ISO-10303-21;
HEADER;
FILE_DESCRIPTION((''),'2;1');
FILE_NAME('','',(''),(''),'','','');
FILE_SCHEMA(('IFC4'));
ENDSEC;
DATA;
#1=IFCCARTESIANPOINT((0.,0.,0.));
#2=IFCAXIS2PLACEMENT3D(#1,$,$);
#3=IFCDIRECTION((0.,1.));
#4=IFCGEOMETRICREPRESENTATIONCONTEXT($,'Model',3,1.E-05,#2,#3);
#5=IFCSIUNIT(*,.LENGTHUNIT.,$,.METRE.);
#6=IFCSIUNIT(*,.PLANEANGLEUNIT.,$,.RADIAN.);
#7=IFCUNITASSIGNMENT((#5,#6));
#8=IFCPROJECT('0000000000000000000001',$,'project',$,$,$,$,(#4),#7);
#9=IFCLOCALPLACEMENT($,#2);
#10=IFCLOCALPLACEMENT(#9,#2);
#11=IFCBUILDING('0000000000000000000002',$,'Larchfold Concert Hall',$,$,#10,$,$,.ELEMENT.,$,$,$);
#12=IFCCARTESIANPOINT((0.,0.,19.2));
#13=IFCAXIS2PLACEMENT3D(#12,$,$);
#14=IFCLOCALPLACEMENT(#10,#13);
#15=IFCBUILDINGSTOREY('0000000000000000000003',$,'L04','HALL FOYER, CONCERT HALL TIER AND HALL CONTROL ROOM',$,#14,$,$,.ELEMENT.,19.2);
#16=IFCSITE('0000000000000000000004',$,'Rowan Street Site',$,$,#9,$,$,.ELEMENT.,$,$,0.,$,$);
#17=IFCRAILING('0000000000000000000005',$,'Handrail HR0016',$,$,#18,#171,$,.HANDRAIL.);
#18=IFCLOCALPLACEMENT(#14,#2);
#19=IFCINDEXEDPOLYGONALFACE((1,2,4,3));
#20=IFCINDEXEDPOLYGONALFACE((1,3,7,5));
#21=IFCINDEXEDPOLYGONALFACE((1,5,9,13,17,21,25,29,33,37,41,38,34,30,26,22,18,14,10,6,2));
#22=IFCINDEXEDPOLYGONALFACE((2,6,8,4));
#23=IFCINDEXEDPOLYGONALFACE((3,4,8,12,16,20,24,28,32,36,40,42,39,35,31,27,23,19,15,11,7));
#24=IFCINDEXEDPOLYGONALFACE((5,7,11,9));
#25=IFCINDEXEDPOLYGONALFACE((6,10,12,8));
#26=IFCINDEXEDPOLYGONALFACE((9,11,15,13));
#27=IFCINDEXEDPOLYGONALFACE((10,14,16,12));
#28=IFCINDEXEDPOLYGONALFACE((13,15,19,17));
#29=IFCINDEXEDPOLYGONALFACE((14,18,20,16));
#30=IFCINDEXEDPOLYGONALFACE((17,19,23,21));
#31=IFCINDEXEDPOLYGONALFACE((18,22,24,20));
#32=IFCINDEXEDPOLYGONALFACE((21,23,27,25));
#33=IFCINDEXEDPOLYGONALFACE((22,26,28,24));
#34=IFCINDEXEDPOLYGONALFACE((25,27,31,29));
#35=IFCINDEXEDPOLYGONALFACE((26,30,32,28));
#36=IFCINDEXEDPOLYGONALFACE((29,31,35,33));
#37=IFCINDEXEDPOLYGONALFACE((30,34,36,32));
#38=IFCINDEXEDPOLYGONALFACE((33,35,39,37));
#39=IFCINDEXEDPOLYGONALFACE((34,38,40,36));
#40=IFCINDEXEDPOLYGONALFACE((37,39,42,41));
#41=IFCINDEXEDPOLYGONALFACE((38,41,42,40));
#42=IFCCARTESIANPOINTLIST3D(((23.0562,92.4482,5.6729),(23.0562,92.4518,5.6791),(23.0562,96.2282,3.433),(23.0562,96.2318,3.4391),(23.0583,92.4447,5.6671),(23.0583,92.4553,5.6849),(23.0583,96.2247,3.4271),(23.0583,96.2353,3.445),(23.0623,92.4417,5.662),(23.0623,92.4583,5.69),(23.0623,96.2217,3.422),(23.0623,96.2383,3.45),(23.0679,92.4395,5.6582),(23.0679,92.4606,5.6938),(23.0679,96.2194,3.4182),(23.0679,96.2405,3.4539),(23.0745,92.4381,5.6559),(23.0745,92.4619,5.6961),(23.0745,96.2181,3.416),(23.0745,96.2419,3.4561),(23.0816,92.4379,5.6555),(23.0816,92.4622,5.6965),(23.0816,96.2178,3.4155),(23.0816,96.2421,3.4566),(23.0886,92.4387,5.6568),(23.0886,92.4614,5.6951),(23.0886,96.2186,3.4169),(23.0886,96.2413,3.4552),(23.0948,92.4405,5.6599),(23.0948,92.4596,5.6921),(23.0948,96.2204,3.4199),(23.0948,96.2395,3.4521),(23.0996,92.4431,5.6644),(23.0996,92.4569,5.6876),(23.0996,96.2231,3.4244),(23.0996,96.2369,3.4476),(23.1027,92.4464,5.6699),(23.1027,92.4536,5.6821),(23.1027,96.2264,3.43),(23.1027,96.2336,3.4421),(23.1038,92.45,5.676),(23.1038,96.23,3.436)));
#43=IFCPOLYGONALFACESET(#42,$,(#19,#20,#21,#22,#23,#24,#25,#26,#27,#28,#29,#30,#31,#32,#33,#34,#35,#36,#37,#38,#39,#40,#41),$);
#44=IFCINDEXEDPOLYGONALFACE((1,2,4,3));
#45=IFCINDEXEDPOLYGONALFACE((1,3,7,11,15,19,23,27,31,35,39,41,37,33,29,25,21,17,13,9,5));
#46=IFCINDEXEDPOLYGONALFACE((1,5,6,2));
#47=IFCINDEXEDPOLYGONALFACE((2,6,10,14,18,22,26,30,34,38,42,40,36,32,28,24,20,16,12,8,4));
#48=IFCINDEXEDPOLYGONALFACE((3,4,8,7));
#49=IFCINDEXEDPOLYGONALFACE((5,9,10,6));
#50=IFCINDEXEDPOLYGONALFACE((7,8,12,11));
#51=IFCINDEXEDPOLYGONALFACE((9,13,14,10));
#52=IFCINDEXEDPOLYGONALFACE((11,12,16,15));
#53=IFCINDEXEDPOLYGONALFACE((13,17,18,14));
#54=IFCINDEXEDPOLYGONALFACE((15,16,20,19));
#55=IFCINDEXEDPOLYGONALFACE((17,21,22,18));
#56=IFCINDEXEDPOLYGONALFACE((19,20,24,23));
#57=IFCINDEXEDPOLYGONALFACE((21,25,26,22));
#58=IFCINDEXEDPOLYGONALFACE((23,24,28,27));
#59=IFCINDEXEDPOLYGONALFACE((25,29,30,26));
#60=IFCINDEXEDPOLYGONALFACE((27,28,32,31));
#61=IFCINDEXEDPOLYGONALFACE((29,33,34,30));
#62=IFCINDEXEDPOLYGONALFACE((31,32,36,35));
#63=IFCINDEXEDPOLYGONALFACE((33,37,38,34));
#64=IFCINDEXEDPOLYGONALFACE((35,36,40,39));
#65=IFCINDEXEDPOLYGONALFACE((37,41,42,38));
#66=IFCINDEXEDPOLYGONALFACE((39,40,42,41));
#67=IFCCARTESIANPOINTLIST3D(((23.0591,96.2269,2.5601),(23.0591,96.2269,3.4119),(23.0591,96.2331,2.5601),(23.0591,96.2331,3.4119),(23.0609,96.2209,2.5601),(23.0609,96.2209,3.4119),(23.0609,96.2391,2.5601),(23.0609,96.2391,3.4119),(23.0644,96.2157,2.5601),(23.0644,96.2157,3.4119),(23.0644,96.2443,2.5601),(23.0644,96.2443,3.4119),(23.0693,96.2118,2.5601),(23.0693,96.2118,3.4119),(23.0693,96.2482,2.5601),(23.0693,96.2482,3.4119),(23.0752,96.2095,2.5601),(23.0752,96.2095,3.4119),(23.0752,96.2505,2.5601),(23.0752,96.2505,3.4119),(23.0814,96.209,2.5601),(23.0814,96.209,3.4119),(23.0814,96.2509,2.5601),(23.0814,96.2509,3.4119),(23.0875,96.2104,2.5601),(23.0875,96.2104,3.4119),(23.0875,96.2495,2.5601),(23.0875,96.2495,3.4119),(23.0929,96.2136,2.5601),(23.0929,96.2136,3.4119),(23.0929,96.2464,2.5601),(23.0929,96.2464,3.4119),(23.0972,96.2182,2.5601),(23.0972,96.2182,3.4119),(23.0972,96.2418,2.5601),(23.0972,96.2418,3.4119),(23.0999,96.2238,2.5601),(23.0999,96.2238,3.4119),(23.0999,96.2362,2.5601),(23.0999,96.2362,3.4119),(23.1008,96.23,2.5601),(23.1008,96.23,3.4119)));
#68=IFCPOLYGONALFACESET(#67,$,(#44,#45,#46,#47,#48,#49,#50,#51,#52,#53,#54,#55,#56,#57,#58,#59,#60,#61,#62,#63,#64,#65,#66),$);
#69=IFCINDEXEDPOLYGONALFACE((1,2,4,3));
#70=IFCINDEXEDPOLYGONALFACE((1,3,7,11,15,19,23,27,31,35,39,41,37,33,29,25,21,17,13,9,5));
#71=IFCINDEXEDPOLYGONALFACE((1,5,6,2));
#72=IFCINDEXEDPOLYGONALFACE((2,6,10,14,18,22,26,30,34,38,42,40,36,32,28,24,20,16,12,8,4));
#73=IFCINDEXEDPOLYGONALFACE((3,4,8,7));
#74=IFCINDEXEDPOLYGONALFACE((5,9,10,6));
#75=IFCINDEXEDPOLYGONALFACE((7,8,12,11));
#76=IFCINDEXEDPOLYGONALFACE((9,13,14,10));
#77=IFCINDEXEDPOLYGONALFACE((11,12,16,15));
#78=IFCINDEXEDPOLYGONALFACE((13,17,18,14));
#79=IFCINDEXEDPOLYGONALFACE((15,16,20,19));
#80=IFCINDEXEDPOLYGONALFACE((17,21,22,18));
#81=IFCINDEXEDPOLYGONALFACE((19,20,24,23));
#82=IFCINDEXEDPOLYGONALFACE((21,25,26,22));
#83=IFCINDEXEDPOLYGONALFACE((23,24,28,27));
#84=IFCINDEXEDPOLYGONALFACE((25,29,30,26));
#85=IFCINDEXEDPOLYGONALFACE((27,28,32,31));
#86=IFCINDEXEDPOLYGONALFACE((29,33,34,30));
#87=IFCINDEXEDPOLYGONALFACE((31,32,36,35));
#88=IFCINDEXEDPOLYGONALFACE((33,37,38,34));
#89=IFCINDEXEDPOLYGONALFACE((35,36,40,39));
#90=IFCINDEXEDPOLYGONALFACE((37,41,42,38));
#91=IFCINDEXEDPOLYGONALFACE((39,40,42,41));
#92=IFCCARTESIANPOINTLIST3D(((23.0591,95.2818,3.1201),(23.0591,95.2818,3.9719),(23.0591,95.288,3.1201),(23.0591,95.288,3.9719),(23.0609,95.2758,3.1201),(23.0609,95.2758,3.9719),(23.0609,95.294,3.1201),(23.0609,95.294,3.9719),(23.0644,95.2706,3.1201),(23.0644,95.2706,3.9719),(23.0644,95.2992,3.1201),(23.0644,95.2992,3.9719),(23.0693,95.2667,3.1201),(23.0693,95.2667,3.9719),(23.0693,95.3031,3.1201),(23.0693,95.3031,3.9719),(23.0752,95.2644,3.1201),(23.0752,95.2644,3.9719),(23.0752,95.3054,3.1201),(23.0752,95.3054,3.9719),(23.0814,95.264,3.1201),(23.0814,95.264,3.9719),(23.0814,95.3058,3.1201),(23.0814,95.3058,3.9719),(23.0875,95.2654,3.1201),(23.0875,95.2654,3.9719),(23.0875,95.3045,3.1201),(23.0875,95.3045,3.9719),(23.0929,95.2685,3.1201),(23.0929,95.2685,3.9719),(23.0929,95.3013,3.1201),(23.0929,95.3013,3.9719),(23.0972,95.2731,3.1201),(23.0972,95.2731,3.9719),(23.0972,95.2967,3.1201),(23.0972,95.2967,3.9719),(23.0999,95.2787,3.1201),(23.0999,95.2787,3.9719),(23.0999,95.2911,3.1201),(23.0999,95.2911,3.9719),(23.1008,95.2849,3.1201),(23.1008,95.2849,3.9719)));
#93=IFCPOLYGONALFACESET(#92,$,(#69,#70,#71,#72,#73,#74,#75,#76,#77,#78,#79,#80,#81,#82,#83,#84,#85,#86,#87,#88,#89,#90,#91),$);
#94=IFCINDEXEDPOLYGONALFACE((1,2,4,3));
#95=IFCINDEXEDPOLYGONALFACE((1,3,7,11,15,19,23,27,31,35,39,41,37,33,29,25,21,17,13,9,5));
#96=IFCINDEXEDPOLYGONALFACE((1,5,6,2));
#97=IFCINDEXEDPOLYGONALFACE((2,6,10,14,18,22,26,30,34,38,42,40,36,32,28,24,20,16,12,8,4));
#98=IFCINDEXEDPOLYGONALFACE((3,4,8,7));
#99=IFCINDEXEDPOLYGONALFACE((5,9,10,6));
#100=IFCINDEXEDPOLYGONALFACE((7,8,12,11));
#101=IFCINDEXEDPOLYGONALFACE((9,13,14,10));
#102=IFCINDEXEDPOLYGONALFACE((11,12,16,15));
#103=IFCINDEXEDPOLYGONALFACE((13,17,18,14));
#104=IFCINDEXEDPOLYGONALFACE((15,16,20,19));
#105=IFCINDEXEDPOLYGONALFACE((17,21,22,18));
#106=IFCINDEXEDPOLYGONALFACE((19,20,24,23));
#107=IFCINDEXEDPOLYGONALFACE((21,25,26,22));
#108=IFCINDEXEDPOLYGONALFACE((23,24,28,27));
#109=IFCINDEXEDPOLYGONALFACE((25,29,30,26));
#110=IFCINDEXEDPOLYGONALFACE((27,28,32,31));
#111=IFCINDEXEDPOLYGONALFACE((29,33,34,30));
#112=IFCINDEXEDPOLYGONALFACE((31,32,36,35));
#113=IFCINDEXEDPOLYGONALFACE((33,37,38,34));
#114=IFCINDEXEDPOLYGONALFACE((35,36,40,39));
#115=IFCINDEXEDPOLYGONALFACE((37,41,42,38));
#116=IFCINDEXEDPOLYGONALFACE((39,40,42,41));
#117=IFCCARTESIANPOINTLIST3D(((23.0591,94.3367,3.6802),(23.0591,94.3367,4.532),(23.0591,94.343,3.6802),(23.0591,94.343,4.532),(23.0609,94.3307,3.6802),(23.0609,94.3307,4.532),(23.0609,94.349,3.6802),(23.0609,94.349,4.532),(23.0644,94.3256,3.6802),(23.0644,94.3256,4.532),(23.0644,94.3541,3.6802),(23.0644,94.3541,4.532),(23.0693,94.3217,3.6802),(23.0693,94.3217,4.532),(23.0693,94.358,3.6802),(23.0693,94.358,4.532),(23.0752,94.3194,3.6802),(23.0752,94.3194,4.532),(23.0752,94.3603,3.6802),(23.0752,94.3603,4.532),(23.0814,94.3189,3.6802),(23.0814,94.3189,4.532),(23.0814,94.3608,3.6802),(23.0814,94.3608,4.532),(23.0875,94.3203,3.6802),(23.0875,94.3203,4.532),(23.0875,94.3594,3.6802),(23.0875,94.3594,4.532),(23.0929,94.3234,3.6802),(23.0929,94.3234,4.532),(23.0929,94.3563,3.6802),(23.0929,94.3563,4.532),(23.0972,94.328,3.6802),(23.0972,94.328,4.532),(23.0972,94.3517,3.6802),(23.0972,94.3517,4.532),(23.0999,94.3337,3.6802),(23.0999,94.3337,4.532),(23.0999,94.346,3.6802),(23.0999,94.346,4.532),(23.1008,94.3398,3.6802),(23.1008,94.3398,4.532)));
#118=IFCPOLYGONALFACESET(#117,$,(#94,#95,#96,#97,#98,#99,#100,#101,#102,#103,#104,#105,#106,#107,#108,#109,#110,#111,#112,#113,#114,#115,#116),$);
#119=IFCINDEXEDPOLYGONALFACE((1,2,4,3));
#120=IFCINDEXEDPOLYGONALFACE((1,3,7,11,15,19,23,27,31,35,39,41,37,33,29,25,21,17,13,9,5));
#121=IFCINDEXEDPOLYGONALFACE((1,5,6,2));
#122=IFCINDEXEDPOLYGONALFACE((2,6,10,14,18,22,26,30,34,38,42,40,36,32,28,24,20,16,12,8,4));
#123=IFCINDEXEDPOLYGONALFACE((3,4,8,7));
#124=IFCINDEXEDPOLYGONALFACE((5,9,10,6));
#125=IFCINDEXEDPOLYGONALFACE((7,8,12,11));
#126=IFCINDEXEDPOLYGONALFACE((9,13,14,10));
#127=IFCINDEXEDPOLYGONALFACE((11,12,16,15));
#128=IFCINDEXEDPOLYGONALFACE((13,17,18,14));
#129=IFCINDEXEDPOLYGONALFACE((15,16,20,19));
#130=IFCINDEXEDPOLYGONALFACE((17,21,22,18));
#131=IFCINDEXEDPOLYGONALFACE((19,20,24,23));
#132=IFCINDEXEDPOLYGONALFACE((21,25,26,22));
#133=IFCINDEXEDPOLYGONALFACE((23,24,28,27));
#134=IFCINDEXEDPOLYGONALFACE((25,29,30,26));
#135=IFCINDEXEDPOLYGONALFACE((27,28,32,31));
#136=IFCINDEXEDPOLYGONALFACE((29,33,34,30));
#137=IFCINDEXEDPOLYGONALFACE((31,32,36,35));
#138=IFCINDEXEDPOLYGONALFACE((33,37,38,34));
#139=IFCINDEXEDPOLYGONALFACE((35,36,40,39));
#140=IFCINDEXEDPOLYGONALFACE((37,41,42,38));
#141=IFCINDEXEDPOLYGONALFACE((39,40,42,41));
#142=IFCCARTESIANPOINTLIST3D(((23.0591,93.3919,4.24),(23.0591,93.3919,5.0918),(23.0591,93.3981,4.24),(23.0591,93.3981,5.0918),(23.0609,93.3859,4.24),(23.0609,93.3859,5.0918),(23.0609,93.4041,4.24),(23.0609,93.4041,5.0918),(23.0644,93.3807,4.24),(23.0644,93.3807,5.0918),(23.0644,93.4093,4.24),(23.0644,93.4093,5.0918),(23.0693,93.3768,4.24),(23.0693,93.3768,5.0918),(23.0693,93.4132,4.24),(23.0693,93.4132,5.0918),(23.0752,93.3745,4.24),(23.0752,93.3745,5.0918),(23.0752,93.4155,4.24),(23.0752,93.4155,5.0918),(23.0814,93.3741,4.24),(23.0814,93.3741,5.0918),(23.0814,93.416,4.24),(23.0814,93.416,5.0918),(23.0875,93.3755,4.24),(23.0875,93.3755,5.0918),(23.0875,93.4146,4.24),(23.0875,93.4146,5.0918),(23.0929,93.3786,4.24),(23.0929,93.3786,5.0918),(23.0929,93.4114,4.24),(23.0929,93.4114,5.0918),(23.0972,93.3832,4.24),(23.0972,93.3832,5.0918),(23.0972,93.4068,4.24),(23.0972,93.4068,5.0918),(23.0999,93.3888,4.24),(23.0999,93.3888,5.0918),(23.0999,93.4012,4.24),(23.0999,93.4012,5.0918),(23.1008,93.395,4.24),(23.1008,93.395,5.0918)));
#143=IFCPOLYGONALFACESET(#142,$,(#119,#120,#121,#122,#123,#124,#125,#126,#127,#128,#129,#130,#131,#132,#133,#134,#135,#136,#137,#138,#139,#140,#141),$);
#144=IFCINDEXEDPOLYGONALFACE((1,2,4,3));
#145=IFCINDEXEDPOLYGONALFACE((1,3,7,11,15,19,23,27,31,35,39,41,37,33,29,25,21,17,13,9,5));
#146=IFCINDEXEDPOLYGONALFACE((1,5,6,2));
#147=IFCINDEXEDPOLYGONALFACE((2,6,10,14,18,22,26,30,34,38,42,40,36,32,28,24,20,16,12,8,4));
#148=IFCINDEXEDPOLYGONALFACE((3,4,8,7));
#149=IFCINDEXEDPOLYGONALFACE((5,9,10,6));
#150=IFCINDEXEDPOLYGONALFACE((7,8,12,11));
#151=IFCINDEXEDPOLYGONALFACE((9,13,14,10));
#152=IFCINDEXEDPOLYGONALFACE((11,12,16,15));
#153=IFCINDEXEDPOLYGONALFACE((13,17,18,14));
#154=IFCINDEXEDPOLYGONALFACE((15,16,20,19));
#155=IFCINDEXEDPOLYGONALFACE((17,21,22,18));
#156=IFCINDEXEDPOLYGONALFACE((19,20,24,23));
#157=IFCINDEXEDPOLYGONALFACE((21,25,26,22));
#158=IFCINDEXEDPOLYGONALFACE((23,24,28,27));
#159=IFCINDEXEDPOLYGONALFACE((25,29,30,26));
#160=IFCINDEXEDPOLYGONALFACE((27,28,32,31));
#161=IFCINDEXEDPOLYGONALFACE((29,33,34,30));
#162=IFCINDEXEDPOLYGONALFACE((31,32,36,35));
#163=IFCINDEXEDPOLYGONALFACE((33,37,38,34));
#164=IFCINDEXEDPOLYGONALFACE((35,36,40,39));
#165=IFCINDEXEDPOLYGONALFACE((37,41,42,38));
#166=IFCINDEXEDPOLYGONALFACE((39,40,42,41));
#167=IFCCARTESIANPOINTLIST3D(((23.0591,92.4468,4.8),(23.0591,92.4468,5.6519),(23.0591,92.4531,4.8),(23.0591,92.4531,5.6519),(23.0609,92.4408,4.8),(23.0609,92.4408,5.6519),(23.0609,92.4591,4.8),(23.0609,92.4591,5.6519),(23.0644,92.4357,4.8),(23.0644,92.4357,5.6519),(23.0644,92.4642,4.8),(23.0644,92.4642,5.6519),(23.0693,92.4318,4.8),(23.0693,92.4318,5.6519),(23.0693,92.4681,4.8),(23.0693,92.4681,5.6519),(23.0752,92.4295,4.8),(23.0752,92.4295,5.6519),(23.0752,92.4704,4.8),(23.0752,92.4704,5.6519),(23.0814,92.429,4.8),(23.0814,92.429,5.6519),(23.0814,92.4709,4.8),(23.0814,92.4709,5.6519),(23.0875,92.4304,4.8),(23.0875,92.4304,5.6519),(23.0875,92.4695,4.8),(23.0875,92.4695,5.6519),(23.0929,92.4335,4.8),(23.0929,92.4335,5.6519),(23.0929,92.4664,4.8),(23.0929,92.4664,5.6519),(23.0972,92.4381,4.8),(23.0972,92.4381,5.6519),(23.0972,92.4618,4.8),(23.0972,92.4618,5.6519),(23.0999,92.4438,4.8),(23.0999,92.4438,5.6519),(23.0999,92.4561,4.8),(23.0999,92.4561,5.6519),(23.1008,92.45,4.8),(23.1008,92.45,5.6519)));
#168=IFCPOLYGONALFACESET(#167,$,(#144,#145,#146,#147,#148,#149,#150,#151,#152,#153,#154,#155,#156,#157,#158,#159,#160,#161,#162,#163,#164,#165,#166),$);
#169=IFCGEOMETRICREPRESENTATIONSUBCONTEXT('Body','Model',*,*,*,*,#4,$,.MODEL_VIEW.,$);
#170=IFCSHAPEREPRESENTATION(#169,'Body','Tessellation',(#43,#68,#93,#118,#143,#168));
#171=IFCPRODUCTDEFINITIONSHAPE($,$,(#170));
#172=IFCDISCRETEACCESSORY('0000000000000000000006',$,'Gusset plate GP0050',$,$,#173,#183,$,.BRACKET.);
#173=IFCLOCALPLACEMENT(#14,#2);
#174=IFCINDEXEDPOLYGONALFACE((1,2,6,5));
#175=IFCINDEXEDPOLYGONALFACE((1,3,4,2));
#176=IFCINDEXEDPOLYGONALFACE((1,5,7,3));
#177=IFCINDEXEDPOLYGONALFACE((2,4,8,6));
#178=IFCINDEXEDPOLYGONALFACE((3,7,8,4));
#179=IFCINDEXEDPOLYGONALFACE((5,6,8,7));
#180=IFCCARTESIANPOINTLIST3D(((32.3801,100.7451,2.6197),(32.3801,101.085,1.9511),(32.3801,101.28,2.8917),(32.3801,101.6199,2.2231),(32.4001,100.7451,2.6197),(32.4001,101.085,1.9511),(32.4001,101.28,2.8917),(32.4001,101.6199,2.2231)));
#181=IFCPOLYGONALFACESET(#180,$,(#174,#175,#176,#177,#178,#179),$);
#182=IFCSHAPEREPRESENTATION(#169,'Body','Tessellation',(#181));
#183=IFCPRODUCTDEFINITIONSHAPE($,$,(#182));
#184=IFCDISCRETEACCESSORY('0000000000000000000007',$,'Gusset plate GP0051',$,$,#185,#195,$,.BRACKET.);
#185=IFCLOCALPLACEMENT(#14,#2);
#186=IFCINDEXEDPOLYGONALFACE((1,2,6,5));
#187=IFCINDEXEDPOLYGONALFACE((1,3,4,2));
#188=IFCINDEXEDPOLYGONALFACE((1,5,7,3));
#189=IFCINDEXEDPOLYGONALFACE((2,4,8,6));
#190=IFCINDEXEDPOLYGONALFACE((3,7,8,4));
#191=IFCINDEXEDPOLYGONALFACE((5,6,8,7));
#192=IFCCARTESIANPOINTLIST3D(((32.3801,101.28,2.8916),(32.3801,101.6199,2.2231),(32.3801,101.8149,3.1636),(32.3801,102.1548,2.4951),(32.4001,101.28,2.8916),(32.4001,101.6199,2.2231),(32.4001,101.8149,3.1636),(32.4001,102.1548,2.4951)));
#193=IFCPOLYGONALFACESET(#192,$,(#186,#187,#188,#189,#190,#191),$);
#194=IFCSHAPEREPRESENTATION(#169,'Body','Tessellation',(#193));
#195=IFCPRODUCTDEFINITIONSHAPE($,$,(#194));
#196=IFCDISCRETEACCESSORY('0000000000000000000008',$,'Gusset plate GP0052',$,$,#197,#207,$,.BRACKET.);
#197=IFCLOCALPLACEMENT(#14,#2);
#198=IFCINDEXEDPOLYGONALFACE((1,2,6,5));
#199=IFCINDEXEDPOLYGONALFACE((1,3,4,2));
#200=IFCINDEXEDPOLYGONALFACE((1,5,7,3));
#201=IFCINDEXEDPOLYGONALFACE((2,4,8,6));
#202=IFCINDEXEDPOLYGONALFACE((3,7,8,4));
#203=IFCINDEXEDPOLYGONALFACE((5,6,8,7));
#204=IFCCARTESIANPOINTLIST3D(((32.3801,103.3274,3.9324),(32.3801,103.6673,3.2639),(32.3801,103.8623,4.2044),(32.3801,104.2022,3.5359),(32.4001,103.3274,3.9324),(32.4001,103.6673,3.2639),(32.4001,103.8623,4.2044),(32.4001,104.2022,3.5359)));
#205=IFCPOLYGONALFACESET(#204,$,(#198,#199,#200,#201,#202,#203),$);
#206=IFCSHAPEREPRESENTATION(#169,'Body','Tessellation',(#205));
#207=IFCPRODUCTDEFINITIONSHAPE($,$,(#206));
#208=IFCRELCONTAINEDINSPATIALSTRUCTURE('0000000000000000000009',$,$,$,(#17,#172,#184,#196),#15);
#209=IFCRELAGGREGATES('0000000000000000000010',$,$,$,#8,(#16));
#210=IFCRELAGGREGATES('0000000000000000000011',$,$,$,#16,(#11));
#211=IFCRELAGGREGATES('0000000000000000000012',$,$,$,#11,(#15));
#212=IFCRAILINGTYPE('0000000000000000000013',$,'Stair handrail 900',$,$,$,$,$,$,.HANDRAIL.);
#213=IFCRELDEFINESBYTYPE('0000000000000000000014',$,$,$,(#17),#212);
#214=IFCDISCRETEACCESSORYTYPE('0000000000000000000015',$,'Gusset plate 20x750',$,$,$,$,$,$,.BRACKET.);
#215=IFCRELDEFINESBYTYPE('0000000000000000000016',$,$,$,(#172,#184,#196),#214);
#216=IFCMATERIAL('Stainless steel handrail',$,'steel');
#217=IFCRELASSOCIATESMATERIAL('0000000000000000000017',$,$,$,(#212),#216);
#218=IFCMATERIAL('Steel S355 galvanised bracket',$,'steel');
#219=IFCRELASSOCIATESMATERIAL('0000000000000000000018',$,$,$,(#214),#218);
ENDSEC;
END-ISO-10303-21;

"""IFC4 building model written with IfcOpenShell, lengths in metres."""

from ifc_helpers import new_model, si_unit, direction, frame, origin, origin_2d, place, context, subcontext, project, spatial, rectangle, circle, extrude, material, material_profile, profile_set, type_object, element, save


model = new_model("IFC4")

# Units and contexts
model_context = context("Model", 3, precision=1e-05, world=origin(), true_north=direction((0.0, 1.0)))
body_context = subcontext(model_context, "Body", "Model", "MODEL_VIEW")
ifc_project = project(units=[si_unit("LENGTHUNIT", "METRE"), si_unit("PLANEANGLEUNIT", "RADIAN")], contexts=[model_context])

# Site, building, storey
site_placement = place(None, origin())
site = spatial("IfcSite", under=ifc_project, at=site_placement, Name="Rowan Street Site", CompositionType="ELEMENT", RefElevation=0.0)
building_placement = place(site_placement, origin())
building = spatial("IfcBuilding", under=site, at=building_placement, Name="Larchfold Concert Hall", CompositionType="ELEMENT")
storey_placement = place(building_placement, frame((0.0, 0.0, 19.2)))
storey = spatial("IfcBuildingStorey", under=building, at=storey_placement, Name="L04", Description="HALL FOYER, CONCERT HALL TIER AND HALL CONTROL ROOM", CompositionType="ELEMENT", Elevation=19.2)

# Railing
ifc_material_1 = material(Name="Stainless steel handrail", Category="steel")
railing_type_1 = type_object("IfcRailingType", Name="Stair handrail 900", PredefinedType="HANDRAIL", material=ifc_material_1)
railing_1_placement = place(storey_placement, frame((23.0798, 96.23, 2.5601)))
element("IfcRailing", 1, at=railing_1_placement, inside=storey, type_object=railing_type_1, Name="Handrail HR0016", PredefinedType="HANDRAIL", context=body_context, shape_type="SweptSolid", body=[
    extrude(circle(Radius=0.0239, at=origin_2d()), frame((0.0, 0.0, 0.876), z_axis=(0.0, -0.860294, 0.509798), x_axis=(1.0, 0.0, 0.0)), (0.0, 0.0, 1.0), 4.3938),
    extrude(circle(Radius=0.021, at=origin_2d()), origin(), (0.0, 0.0, 1.0), 0.8518),
    extrude(circle(Radius=0.021, at=origin_2d()), frame((0.0, -0.9451, 0.5601)), (0.0, 0.0, 1.0), 0.8518),
    extrude(circle(Radius=0.021, at=origin_2d()), frame((0.0, -1.8901, 1.1201)), (0.0, 0.0, 1.0), 0.8518),
    extrude(circle(Radius=0.021, at=origin_2d()), frame((0.0, -2.835, 1.6799)), (0.0, 0.0, 1.0), 0.8518),
    extrude(circle(Radius=0.021, at=origin_2d()), frame((0.0, -3.78, 2.24)), (0.0, 0.0, 1.0), 0.8518),
])

# Discrete accessories
ifc_material_2 = material(Name="Steel S355 galvanised bracket", Category="steel")
ifc_material_profile_1 = material_profile(ifc_material_2, rectangle(XDim=0.02, YDim=0.75, at=origin_2d()))
ifc_profile_set_1 = profile_set([ifc_material_profile_1], Name="Steel S355 galvanised bracket")
discrete_accessory_type = type_object("IfcDiscreteAccessoryType", Name="Gusset plate 20x750", PredefinedType="BRACKET", material=ifc_profile_set_1)
for number, where, z_axis, x_axis, name in (
    (2, (32.3901, 100.915, 2.2854), (0.0, 0.891396, 0.453225), (-1.0, 0.0, 0.0), "Gusset plate GP0050"),
    (3, (32.3901, 101.45, 2.5574), (0.0, 0.891396, 0.453225), (-1.0, 0.0, 0.0), "Gusset plate GP0051"),
    (4, (32.3901, 103.4973, 3.5981), (0.0, 0.891396, 0.453225), (-1.0, 0.0, 0.0), "Gusset plate GP0052"),
):
    element("IfcDiscreteAccessory", number, at=place(storey_placement, frame(where, z_axis=z_axis, x_axis=x_axis)), inside=storey, type_object=discrete_accessory_type, Name=name, PredefinedType="BRACKET", context=body_context, shape_type="SweptSolid", body=[
        extrude(rectangle(XDim=0.02, YDim=0.75, at=origin_2d()), origin(), (0.0, 0.0, 1.0), 0.6001),
    ])

save(model, "model.ifc")
